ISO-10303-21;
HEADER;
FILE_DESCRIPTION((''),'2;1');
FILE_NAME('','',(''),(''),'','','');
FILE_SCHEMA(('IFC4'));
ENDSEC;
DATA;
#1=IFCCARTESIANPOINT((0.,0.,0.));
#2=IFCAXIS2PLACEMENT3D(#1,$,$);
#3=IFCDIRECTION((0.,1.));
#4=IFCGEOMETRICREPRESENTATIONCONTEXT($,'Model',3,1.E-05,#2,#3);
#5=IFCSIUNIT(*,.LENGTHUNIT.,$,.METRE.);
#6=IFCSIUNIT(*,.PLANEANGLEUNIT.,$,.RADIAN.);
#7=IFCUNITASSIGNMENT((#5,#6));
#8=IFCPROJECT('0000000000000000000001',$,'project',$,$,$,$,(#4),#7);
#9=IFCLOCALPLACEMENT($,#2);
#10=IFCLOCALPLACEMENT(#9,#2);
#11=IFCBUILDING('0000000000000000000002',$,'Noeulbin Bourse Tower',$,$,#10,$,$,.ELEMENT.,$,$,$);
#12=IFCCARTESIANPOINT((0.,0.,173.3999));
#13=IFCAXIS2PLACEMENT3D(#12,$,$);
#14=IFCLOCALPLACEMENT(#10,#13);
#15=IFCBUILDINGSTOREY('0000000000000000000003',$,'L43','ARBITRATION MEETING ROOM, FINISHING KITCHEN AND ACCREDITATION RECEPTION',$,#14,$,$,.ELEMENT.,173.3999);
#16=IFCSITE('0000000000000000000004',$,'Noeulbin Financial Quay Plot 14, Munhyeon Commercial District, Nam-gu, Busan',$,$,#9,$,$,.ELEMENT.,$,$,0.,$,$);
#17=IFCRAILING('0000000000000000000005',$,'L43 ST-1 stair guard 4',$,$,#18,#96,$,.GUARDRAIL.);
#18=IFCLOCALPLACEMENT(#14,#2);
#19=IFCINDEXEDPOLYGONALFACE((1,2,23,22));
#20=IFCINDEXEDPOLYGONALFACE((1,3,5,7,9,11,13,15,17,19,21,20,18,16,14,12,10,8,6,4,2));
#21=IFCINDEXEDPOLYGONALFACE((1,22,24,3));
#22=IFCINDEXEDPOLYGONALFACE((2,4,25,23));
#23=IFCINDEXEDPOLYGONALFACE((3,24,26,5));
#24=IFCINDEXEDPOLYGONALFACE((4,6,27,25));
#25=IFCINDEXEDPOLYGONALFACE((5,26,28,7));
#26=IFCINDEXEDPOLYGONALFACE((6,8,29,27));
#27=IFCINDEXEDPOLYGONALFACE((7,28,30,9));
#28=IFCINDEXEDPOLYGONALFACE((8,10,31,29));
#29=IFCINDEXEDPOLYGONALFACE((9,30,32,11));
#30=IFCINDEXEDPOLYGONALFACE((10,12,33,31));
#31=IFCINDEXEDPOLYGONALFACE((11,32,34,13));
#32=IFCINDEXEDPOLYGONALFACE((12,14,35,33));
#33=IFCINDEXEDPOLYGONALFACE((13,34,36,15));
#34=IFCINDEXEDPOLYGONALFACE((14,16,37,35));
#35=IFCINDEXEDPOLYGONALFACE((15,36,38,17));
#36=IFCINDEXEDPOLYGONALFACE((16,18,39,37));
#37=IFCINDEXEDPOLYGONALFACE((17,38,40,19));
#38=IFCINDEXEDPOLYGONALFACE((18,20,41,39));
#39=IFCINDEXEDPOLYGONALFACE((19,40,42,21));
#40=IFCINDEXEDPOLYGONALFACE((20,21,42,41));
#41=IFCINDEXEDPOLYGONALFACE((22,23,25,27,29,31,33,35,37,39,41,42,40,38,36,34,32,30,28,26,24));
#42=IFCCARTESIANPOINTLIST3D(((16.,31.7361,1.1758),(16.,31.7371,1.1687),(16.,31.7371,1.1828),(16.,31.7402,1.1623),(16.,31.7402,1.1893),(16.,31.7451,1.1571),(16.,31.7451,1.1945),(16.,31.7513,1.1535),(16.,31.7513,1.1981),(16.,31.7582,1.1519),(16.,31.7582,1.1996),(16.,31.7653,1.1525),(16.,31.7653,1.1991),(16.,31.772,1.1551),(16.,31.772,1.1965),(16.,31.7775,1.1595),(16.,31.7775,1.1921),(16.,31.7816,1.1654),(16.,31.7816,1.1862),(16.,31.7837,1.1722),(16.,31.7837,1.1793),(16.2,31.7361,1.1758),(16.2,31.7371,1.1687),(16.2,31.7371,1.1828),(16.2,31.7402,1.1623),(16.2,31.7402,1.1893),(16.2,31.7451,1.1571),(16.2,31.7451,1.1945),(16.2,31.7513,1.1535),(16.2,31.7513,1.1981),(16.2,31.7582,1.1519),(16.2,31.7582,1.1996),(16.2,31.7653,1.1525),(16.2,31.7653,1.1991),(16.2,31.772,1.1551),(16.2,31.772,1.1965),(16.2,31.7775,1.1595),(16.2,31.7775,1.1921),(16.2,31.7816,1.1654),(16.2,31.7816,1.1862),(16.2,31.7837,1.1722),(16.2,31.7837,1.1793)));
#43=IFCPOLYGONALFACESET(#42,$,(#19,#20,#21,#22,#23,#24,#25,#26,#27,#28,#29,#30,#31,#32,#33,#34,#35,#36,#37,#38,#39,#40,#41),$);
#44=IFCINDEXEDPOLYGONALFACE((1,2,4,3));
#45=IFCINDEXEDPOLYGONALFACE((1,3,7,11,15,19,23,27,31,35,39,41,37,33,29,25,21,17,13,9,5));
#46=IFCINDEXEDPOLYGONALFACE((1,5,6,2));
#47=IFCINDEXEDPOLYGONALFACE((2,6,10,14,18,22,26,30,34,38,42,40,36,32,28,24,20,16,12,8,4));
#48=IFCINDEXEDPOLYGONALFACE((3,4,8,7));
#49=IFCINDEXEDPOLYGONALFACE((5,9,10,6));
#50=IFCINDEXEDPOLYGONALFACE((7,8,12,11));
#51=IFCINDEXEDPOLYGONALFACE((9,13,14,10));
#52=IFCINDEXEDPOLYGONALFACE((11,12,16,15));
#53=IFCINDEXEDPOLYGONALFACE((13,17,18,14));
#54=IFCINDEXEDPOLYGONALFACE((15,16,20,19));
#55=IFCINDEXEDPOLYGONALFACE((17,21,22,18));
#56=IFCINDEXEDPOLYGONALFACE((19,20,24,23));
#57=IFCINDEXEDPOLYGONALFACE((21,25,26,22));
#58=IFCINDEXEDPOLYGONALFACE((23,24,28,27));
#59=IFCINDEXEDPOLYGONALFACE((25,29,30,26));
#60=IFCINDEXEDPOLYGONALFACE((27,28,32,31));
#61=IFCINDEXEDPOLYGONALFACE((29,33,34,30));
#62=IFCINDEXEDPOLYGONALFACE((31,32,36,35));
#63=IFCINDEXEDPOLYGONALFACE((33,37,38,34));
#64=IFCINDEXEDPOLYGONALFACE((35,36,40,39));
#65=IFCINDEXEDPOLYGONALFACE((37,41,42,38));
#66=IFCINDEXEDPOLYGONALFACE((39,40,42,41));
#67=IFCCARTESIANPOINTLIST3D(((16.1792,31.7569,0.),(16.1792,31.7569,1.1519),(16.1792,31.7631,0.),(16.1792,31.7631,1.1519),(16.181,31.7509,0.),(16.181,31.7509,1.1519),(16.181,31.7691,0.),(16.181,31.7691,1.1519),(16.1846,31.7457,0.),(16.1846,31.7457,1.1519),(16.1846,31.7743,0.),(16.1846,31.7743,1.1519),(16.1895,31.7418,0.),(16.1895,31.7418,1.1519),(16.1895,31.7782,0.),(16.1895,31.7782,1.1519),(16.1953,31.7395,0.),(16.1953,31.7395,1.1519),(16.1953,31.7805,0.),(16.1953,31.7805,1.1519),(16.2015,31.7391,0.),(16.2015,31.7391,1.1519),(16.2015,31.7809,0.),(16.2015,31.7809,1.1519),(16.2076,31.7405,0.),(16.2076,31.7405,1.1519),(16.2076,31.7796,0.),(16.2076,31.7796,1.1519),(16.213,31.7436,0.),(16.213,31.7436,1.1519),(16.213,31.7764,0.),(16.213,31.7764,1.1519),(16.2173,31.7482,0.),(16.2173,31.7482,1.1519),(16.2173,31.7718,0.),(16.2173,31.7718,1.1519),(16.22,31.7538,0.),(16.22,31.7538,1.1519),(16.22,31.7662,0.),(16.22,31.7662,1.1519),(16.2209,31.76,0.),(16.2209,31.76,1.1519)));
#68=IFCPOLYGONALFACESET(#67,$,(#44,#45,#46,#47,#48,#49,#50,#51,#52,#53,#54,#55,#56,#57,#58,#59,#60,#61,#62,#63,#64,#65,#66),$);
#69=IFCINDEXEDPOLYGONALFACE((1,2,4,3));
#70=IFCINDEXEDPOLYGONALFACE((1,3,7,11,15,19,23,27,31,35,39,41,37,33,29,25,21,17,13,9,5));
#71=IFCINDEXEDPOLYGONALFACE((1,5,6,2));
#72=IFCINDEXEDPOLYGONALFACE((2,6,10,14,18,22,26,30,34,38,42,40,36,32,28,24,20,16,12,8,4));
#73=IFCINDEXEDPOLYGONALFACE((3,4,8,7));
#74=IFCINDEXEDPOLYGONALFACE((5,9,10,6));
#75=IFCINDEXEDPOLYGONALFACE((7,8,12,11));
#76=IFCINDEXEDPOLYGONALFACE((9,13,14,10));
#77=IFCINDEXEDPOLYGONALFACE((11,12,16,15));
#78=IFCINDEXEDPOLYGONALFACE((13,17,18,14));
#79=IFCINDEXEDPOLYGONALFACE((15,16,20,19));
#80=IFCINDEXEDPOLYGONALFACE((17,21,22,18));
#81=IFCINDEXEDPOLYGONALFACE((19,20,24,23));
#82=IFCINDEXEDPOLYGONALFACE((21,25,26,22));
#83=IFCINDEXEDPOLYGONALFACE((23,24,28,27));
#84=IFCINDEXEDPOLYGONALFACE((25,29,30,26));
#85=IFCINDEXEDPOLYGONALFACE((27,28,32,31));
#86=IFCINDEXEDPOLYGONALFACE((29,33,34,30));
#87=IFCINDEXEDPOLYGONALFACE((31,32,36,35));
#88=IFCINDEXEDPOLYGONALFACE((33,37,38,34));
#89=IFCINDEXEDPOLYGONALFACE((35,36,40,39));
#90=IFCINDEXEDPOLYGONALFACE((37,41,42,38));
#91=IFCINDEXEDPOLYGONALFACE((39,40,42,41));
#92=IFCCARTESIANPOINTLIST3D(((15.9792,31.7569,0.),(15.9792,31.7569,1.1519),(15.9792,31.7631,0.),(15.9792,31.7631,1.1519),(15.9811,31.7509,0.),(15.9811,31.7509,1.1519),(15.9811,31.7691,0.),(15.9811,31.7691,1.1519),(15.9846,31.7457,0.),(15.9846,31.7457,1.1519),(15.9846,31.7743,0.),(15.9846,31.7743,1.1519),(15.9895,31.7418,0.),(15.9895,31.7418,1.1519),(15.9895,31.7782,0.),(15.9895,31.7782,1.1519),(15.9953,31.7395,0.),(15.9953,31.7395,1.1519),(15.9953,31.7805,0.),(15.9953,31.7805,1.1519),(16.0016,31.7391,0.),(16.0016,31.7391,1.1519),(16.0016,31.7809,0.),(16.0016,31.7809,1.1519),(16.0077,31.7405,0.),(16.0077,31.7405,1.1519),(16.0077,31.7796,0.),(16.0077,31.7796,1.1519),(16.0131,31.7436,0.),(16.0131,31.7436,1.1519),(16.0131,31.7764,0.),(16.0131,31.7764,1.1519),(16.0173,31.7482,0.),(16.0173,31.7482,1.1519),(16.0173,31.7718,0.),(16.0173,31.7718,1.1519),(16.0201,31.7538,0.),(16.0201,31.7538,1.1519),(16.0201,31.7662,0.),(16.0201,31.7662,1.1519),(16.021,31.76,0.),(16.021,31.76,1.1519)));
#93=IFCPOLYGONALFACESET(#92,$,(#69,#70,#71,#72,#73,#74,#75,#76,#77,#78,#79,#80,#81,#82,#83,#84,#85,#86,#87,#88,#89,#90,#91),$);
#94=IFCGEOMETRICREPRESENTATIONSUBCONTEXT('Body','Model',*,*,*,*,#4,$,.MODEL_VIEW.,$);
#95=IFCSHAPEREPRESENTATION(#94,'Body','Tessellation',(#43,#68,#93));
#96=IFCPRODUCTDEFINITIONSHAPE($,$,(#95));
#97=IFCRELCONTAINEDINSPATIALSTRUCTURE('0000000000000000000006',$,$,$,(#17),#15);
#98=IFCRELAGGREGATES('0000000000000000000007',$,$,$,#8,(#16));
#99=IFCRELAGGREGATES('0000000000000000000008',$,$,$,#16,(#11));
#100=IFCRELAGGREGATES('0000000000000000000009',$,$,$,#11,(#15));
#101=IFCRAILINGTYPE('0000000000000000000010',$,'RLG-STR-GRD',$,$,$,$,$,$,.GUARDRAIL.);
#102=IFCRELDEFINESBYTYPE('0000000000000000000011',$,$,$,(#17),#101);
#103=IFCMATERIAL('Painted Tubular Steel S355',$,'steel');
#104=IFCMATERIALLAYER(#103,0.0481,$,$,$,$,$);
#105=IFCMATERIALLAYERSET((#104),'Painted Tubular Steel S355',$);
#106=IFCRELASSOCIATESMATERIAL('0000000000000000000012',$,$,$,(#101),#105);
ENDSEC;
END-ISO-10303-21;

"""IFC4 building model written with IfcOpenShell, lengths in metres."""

from ifc_helpers import new_model, si_unit, direction, frame, origin, origin_2d, place, context, subcontext, project, spatial, circle, extrude, material, layer, layer_set, type_object, element, save


model = new_model("IFC4")

# Units and contexts
model_context = context("Model", 3, precision=1e-05, world=origin(), true_north=direction((0.0, 1.0)))
body_context = subcontext(model_context, "Body", "Model", "MODEL_VIEW")
ifc_project = project(units=[si_unit("LENGTHUNIT", "METRE"), si_unit("PLANEANGLEUNIT", "RADIAN")], contexts=[model_context])

# Site, building, storey
site_placement = place(None, origin())
site = spatial("IfcSite", under=ifc_project, at=site_placement, Name="Noeulbin Financial Quay Plot 14, Munhyeon Commercial District, Nam-gu, Busan", CompositionType="ELEMENT", RefElevation=0.0)
building_placement = place(site_placement, origin())
building = spatial("IfcBuilding", under=site, at=building_placement, Name="Noeulbin Bourse Tower", CompositionType="ELEMENT")
storey_placement = place(building_placement, frame((0.0, 0.0, 173.3999)))
storey = spatial("IfcBuildingStorey", under=building, at=storey_placement, Name="L43", Description="ARBITRATION MEETING ROOM, FINISHING KITCHEN AND ACCREDITATION RECEPTION", CompositionType="ELEMENT", Elevation=173.3999)

# Railing
ifc_material_1 = material(Name="Painted Tubular Steel S355", Category="steel")
ifc_layer_1 = layer(ifc_material_1, 0.0481)
ifc_layer_set_1 = layer_set([ifc_layer_1], Name="Painted Tubular Steel S355")
railing_type_1 = type_object("IfcRailingType", Name="RLG-STR-GRD", PredefinedType="GUARDRAIL", material=ifc_layer_set_1)
railing_1_placement = place(storey_placement, frame((16.2, 31.76, 0.0)))
element("IfcRailing", 1, at=railing_1_placement, inside=storey, type_object=railing_type_1, Name="L43 ST-1 stair guard 4", PredefinedType="GUARDRAIL", context=body_context, shape_type="SweptSolid", body=[
    extrude(circle(Radius=0.0239, at=origin_2d()), frame((0.0, 0.0, 1.1758), z_axis=(-1.0, 0.0, 0.0), x_axis=(0.0, -1.0, 0.0)), (0.0, 0.0, 1.0), 0.2),
    extrude(circle(Radius=0.021, at=origin_2d()), origin(), (0.0, 0.0, 1.0), 1.1519),
    extrude(circle(Radius=0.021, at=origin_2d()), frame((-0.2, 0.0, 0.0)), (0.0, 0.0, 1.0), 1.1519),
])

save(model, "model.ifc")
